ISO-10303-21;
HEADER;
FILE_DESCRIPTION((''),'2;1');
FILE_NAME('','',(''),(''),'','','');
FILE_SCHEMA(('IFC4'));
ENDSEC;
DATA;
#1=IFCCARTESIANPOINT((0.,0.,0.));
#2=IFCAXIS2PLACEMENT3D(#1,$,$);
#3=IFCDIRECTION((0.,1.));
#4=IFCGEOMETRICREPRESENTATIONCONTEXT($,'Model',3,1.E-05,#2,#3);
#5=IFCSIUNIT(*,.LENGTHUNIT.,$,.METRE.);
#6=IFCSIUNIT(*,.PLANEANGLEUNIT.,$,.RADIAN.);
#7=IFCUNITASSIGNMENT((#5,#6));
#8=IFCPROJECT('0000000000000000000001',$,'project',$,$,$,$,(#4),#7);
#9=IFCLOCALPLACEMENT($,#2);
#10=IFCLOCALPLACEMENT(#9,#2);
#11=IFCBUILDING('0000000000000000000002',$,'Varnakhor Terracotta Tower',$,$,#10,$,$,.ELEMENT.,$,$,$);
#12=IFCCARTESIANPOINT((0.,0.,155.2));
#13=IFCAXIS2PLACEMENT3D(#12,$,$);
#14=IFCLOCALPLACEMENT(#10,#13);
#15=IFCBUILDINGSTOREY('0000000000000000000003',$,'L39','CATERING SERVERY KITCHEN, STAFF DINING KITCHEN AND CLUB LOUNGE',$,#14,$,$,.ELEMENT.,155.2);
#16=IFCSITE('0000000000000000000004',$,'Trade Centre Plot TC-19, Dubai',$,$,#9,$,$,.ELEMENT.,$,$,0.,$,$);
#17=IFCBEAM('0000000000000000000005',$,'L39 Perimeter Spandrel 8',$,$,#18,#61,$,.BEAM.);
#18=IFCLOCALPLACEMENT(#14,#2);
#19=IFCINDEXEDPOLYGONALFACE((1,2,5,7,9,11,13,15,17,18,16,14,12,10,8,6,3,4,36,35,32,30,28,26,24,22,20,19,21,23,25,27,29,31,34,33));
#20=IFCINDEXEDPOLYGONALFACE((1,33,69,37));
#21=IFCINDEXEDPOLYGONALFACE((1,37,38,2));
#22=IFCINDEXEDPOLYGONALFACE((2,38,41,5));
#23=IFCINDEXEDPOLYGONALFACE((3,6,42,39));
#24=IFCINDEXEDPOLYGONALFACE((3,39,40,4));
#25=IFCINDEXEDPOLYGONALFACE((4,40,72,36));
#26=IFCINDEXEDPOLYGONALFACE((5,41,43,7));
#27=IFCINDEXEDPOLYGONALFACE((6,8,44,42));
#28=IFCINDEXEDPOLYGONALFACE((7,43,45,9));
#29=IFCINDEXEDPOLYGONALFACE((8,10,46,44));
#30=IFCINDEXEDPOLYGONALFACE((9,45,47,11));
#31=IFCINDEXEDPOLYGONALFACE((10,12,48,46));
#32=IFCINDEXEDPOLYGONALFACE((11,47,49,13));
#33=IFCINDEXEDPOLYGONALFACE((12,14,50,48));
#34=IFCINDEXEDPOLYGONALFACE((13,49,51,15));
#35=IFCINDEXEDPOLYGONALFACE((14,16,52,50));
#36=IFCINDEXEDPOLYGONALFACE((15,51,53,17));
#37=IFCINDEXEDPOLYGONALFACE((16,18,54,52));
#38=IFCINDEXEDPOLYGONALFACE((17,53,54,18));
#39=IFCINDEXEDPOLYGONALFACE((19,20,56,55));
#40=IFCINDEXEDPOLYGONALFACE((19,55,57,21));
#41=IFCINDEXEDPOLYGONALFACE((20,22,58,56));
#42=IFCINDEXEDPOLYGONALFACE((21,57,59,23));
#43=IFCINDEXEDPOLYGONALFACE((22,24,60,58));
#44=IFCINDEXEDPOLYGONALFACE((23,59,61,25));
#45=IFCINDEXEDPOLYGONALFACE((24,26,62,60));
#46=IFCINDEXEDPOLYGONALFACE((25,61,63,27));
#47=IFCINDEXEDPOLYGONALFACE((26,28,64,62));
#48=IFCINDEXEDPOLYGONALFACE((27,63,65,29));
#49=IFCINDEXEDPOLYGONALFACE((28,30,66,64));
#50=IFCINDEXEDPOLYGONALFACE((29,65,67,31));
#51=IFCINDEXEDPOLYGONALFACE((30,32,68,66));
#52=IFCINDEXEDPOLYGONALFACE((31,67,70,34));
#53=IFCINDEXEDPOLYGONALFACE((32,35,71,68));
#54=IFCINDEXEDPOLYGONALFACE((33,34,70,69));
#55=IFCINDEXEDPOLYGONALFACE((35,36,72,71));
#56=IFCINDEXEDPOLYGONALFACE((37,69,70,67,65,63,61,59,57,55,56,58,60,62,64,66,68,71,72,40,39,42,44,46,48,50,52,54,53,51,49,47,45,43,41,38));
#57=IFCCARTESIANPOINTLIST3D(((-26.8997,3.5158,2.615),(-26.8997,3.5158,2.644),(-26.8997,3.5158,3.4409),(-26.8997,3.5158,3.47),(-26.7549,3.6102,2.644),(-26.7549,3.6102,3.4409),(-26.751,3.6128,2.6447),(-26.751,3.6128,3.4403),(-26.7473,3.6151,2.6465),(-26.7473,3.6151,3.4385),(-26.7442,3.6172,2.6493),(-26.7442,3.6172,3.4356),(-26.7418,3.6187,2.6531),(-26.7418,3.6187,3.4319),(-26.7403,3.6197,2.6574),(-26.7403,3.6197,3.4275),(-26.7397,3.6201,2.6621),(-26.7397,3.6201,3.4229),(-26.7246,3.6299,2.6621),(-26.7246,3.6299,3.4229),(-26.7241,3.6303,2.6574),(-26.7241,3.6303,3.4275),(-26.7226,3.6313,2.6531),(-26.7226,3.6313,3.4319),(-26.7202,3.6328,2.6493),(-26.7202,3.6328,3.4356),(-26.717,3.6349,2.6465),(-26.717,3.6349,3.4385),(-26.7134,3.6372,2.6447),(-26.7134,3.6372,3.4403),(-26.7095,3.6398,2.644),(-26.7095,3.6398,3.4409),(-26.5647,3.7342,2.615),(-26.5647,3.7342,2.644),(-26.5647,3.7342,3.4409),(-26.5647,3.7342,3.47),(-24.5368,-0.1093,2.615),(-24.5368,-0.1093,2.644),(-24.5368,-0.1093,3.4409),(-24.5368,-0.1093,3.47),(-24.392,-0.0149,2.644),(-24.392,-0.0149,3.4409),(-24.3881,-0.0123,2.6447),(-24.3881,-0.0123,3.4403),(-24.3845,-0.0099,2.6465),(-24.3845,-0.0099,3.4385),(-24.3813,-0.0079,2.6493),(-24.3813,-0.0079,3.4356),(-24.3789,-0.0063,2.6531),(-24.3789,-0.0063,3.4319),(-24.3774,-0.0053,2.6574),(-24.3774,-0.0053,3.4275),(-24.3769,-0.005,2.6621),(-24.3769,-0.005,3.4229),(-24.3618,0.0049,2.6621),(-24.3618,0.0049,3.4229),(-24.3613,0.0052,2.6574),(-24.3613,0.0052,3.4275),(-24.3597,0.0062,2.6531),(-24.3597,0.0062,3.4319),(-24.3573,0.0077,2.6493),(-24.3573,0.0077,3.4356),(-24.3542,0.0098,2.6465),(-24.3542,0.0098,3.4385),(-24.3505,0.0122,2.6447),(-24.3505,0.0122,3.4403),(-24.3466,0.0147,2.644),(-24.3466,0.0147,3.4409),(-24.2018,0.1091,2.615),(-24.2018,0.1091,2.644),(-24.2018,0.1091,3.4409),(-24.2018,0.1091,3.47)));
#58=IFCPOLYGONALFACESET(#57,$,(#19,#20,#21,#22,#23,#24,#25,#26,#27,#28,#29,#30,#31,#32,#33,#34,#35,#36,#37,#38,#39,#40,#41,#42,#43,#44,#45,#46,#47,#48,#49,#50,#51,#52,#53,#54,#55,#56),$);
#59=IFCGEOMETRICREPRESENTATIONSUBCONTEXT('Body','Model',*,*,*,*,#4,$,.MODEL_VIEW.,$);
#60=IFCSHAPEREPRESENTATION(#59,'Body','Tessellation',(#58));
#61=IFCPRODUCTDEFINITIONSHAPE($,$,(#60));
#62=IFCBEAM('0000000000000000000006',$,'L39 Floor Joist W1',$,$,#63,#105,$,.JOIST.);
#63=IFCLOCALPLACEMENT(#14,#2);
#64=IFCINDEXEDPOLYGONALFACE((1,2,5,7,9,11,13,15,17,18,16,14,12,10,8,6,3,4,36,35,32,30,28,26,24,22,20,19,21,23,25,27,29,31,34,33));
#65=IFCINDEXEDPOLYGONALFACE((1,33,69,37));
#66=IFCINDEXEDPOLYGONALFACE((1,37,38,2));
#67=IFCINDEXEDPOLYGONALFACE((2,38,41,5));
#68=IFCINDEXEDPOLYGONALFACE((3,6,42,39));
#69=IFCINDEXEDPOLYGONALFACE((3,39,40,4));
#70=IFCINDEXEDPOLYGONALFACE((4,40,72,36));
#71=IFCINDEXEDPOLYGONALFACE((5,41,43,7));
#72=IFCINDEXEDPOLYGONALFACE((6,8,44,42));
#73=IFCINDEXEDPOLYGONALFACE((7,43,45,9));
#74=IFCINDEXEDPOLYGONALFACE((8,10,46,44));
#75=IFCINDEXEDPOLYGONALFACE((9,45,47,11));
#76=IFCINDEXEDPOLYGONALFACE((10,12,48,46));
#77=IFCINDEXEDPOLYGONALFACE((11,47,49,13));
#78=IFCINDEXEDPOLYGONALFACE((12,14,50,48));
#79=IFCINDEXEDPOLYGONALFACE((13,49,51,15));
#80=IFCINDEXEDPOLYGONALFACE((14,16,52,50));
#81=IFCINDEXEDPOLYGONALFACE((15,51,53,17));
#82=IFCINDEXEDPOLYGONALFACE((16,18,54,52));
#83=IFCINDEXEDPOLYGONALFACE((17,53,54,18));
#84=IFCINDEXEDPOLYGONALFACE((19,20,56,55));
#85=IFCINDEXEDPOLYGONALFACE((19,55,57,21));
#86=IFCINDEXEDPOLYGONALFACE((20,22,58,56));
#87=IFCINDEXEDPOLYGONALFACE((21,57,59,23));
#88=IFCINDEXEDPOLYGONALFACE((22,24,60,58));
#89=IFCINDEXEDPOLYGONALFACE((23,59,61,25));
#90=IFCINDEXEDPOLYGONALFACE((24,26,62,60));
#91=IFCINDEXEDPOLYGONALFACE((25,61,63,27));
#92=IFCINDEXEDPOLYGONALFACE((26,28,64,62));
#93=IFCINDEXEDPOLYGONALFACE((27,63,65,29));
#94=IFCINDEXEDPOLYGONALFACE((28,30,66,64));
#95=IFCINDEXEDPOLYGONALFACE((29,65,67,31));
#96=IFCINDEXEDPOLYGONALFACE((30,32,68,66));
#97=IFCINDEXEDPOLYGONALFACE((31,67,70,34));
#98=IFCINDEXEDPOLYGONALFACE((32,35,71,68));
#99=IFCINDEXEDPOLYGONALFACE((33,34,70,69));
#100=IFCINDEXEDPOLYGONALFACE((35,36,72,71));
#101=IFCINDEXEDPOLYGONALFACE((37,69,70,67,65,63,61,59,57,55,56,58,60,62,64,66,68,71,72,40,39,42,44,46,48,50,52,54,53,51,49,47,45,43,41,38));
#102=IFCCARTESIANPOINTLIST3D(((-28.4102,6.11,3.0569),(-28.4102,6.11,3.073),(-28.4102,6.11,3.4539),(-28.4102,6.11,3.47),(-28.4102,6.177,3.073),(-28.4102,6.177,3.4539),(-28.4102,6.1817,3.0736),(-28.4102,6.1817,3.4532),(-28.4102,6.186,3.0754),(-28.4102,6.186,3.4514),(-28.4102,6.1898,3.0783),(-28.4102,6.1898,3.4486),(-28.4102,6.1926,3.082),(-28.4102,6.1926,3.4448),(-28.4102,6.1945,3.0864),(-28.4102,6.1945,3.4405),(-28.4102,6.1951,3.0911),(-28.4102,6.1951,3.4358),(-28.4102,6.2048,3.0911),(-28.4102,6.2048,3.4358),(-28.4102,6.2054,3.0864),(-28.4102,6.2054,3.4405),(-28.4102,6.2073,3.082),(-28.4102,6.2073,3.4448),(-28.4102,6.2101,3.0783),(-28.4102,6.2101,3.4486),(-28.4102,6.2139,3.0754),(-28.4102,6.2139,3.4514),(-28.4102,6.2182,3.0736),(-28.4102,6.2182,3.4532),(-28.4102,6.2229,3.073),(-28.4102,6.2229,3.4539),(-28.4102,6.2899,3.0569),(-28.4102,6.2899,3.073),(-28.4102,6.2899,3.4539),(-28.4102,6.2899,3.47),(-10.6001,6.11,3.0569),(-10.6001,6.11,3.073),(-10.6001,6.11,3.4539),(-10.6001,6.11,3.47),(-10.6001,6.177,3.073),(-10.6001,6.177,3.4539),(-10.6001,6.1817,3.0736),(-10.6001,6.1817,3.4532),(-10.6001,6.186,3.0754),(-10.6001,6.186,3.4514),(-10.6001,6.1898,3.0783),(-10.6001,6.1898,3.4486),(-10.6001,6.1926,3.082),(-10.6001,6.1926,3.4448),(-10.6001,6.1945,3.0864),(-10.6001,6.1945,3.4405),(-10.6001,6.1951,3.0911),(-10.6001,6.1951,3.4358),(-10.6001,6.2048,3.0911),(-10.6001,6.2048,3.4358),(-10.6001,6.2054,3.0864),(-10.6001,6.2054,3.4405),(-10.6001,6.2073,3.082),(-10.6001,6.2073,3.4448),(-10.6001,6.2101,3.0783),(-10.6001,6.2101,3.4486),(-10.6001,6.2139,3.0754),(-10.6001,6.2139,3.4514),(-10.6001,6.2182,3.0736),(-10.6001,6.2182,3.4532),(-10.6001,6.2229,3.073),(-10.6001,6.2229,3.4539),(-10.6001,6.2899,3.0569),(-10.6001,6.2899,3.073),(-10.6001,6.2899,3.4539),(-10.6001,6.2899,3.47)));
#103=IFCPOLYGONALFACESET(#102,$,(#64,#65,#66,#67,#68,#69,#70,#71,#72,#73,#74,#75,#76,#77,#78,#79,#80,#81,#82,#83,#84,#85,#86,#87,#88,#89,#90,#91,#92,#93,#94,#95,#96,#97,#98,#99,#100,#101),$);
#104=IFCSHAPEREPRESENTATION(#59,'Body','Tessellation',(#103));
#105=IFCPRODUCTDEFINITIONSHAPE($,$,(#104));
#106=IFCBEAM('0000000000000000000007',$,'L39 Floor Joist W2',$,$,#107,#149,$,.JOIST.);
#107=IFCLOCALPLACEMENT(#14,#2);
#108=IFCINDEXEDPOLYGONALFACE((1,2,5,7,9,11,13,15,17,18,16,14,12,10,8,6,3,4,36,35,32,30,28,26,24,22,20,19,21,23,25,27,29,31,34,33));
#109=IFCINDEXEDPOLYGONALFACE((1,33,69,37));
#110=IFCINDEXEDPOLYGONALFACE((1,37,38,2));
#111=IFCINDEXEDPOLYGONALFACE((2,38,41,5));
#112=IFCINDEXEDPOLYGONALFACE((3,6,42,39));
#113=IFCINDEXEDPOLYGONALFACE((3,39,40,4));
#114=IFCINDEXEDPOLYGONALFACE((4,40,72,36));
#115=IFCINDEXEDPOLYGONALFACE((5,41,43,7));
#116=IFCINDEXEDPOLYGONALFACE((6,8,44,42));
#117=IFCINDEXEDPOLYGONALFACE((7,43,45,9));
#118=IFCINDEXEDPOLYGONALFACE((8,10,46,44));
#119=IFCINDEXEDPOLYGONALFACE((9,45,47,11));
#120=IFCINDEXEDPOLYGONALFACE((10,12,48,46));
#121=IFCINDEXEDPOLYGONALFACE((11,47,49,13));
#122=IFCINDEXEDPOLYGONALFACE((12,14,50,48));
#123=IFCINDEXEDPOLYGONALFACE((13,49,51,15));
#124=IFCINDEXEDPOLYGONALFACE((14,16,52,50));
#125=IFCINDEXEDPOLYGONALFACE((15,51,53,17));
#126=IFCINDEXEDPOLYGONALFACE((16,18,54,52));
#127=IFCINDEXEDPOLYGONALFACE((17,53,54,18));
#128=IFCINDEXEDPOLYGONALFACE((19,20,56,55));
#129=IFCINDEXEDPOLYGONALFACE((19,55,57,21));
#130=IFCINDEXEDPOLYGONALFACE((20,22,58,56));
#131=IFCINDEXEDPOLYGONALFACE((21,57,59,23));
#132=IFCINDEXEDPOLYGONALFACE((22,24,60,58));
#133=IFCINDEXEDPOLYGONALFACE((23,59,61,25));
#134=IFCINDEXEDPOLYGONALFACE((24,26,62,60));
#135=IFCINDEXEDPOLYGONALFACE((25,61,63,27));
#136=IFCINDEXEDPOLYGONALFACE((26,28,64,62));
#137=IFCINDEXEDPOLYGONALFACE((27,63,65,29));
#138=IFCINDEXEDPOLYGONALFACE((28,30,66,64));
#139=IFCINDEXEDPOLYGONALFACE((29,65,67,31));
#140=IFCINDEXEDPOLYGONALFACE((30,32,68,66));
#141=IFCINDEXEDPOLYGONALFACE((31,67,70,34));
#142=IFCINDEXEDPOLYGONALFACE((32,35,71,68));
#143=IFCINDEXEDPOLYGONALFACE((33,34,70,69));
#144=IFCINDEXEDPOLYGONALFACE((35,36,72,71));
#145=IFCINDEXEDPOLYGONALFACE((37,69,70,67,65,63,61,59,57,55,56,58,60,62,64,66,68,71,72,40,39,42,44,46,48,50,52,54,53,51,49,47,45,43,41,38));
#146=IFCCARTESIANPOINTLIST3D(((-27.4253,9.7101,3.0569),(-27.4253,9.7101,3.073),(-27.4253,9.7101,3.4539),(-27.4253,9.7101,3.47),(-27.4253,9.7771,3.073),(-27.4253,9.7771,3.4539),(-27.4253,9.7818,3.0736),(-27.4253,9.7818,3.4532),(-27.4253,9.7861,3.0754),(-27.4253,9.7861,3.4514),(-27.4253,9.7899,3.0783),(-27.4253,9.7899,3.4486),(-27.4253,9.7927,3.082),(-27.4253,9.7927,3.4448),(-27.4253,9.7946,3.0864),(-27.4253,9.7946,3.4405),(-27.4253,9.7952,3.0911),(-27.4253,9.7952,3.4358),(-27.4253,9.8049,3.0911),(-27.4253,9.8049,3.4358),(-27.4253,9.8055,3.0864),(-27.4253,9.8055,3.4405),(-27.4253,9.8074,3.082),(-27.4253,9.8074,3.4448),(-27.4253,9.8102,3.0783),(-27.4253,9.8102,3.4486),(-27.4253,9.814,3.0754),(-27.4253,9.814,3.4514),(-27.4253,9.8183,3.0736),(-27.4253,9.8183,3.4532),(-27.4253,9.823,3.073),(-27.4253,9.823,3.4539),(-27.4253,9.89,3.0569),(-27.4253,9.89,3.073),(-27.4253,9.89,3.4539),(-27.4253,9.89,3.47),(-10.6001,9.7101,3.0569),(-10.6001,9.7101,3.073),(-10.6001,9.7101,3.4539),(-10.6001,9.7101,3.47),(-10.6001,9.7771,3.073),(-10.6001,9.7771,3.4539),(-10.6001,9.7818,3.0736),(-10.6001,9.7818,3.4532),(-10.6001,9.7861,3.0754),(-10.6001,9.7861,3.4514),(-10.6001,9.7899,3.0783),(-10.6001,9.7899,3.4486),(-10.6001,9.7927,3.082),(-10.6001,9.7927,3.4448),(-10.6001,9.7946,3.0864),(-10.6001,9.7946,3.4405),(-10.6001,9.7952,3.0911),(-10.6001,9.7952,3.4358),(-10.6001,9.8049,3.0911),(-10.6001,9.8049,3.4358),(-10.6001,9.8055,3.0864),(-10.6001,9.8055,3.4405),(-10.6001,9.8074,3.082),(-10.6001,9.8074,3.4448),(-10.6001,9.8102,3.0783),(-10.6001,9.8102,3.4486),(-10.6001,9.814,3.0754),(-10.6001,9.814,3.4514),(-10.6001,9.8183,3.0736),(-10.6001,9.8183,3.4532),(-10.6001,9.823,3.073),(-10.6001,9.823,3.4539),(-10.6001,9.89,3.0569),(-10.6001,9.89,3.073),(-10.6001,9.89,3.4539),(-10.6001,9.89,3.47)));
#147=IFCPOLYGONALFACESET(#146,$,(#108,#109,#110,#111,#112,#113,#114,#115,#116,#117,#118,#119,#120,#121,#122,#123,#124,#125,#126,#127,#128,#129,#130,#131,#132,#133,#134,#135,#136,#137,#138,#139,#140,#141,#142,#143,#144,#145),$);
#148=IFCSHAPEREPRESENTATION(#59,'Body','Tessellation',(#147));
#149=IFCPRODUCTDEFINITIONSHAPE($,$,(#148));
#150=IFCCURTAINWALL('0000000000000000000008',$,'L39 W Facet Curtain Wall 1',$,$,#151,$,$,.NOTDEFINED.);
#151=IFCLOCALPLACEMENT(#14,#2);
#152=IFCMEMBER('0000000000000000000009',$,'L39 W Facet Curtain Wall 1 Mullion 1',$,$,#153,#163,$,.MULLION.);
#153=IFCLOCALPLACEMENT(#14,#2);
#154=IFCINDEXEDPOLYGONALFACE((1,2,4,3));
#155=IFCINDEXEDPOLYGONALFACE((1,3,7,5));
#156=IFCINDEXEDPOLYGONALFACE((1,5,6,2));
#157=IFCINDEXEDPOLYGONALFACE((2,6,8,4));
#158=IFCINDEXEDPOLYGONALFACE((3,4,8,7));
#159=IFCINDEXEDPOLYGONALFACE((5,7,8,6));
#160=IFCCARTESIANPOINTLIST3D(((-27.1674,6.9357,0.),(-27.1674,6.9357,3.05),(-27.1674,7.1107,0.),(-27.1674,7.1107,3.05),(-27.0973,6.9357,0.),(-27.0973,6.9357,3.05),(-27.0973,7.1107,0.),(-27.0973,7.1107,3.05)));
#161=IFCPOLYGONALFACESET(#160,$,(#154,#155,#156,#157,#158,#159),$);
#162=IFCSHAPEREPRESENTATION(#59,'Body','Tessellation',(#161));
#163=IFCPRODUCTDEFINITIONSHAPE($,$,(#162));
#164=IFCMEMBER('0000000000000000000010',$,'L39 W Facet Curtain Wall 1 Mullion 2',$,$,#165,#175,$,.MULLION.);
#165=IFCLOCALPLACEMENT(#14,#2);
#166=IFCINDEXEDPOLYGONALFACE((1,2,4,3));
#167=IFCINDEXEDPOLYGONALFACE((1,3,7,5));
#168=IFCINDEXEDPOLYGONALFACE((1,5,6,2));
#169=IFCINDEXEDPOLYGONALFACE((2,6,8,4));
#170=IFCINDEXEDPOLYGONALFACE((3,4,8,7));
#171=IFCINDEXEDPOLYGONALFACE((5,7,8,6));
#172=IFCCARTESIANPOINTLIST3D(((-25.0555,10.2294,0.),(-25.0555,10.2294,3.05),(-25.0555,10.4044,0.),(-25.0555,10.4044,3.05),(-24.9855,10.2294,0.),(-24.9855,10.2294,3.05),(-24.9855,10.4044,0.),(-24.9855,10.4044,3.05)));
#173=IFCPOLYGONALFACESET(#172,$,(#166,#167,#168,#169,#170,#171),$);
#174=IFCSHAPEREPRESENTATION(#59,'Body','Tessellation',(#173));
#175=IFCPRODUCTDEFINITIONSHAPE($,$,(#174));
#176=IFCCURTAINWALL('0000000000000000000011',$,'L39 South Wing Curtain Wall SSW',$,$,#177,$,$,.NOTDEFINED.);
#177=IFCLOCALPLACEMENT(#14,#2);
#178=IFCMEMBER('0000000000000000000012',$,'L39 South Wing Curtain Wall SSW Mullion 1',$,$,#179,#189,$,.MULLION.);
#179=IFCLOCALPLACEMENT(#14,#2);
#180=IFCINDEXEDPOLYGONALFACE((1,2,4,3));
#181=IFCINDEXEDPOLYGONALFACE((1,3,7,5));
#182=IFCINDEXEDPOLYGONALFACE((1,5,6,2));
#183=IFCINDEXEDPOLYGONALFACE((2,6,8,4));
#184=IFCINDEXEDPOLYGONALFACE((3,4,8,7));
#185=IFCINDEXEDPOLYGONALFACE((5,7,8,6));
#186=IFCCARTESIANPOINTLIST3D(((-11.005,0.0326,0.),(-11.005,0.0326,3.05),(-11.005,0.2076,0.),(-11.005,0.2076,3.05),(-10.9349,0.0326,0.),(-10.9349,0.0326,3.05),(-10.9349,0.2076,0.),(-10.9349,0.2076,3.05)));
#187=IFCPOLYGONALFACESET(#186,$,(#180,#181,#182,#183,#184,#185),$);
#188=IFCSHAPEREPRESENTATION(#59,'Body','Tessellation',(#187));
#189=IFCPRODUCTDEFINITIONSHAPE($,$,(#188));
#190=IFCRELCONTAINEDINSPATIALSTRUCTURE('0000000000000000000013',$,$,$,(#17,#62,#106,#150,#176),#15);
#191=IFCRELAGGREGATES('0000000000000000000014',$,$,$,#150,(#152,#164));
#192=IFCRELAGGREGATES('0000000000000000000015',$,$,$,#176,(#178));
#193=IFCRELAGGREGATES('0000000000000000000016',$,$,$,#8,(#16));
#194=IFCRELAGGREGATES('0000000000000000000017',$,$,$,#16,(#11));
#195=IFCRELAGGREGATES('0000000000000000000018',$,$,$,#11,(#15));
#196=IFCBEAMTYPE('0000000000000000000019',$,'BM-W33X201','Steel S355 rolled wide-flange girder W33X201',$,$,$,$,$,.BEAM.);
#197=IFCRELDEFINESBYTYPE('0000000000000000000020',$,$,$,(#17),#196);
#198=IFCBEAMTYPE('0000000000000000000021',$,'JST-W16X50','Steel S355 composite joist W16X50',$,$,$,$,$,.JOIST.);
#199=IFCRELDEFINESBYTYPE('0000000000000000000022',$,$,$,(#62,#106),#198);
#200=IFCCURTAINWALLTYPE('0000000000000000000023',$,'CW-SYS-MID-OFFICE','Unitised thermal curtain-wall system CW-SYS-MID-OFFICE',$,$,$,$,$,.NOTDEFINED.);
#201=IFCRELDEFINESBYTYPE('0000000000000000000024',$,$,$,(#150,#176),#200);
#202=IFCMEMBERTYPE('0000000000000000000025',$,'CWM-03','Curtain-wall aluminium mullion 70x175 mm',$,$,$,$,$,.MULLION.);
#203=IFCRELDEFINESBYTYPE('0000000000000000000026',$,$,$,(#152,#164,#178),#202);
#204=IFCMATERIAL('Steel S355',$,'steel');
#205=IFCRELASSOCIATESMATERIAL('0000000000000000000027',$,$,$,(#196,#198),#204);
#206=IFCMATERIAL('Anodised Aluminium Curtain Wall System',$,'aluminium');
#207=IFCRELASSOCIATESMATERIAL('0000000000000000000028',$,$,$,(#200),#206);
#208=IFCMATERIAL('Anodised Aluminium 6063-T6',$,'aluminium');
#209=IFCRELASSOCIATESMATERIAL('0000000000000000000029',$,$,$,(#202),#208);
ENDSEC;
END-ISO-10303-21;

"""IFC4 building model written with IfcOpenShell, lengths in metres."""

from ifc_helpers import new_model, si_unit, direction, frame, origin, origin_2d, place, context, subcontext, project, spatial, rectangle, i_section, extrude, source, transform, mapped, material, material_profile, profile_set, type_object, element, aggregate, save


model = new_model("IFC4")

# Units and contexts
model_context = context("Model", 3, precision=1e-05, world=origin(), true_north=direction((0.0, 1.0)))
body_context = subcontext(model_context, "Body", "Model", "MODEL_VIEW")
ifc_project = project(units=[si_unit("LENGTHUNIT", "METRE"), si_unit("PLANEANGLEUNIT", "RADIAN")], contexts=[model_context])

# Site, building, storey
site_placement = place(None, origin())
site = spatial("IfcSite", under=ifc_project, at=site_placement, Name="Trade Centre Plot TC-19, Dubai", CompositionType="ELEMENT", RefElevation=0.0)
building_placement = place(site_placement, origin())
building = spatial("IfcBuilding", under=site, at=building_placement, Name="Varnakhor Terracotta Tower", CompositionType="ELEMENT")
storey_placement = place(building_placement, frame((0.0, 0.0, 155.2)))
storey = spatial("IfcBuildingStorey", under=building, at=storey_placement, Name="L39", Description="CATERING SERVERY KITCHEN, STAFF DINING KITCHEN AND CLUB LOUNGE", CompositionType="ELEMENT", Elevation=155.2)

# Beams
ifc_material_1 = material(Name="Steel S355", Category="steel")
ifc_material_profile_1 = material_profile(ifc_material_1, i_section(OverallWidth=0.3999, OverallDepth=0.855, WebThickness=0.0181, FlangeThickness=0.0291, FilletRadius=0.0181, at=origin_2d()), Name="W33X201")
ifc_profile_set_1 = profile_set([ifc_material_profile_1], Name="Steel S355")
beam_type_1 = type_object("IfcBeamType", Name="BM-W33X201", Description="Steel S355 rolled wide-flange girder W33X201", PredefinedType="BEAM", material=ifc_profile_set_1)
shared_shape_1 = source(origin(), body_context, "Body", "SweptSolid", [
    extrude(i_section(OverallWidth=0.3999, OverallDepth=0.855, WebThickness=0.0181, FlangeThickness=0.0291, FilletRadius=0.0181, at=origin_2d()), origin(), (0.0, 0.0, 1.0), 4.3271),
])
beam_1_placement = place(storey_placement, frame((-26.7322, 3.625, 3.0425), z_axis=(0.546051, -0.837752, 0.0), x_axis=(0.837752, 0.546051, 0.0)))
element("IfcBeam", 1, at=beam_1_placement, inside=storey, type_object=beam_type_1, Name="L39 Perimeter Spandrel 8", PredefinedType="BEAM", context=body_context, shape_type="MappedRepresentation", body=[
    mapped(shared_shape_1, transform((0.0, 0.0, 0.0), scale=1.0)),
])
ifc_material_profile_2 = material_profile(ifc_material_1, i_section(OverallWidth=0.1799, OverallDepth=0.4131, WebThickness=0.0098, FlangeThickness=0.0161, FilletRadius=0.0181, at=origin_2d()), Name="W16X50")
ifc_profile_set_2 = profile_set([ifc_material_profile_2], Name="Steel S355")
beam_type_2 = type_object("IfcBeamType", Name="JST-W16X50", Description="Steel S355 composite joist W16X50", PredefinedType="JOIST", material=ifc_profile_set_2)
shared_shape_2 = source(origin(), body_context, "Body", "SweptSolid", [
    extrude(i_section(OverallWidth=0.1799, OverallDepth=0.4131, WebThickness=0.0098, FlangeThickness=0.0161, FilletRadius=0.0181, at=origin_2d()), origin(), (0.0, 0.0, 1.0), 17.8101),
])
beam_2_placement = place(storey_placement, frame((-28.4102, 6.2, 3.2634), z_axis=(1.0, 0.0, 0.0), x_axis=(0.0, 1.0, 0.0)))
element("IfcBeam", 2, at=beam_2_placement, inside=storey, type_object=beam_type_2, Name="L39 Floor Joist W1", PredefinedType="JOIST", context=body_context, shape_type="MappedRepresentation", body=[
    mapped(shared_shape_2, transform((0.0, 0.0, 0.0), scale=1.0)),
])
shared_shape_3 = source(origin(), body_context, "Body", "SweptSolid", [
    extrude(i_section(OverallWidth=0.1799, OverallDepth=0.4131, WebThickness=0.0098, FlangeThickness=0.0161, FilletRadius=0.0181, at=origin_2d()), origin(), (0.0, 0.0, 1.0), 16.8252),
])
beam_3_placement = place(storey_placement, frame((-27.4253, 9.8, 3.2634), z_axis=(1.0, 0.0, 0.0), x_axis=(0.0, 1.0, 0.0)))
element("IfcBeam", 3, at=beam_3_placement, inside=storey, type_object=beam_type_2, Name="L39 Floor Joist W2", PredefinedType="JOIST", context=body_context, shape_type="MappedRepresentation", body=[
    mapped(shared_shape_3, transform((0.0, 0.0, 0.0), scale=1.0)),
])

# Curtain walls, members
ifc_material_2 = material(Name="Anodised Aluminium Curtain Wall System", Category="aluminium")
curtain_wall_type = type_object("IfcCurtainWallType", Name="CW-SYS-MID-OFFICE", Description="Unitised thermal curtain-wall system CW-SYS-MID-OFFICE", PredefinedType="NOTDEFINED", material=ifc_material_2)
curtain_wall_1_placement = place(storey_placement, origin())
curtain_wall_1 = element("IfcCurtainWall", 4, at=curtain_wall_1_placement, inside=storey, type_object=curtain_wall_type, Name="L39 W Facet Curtain Wall 1", PredefinedType="NOTDEFINED")
ifc_material_3 = material(Name="Anodised Aluminium 6063-T6", Category="aluminium")
ifc_material_profile_3 = material_profile(ifc_material_3, rectangle(XDim=0.0701, YDim=0.175, at=origin_2d()), Name="ALU MULLION 70x175")
ifc_profile_set_3 = profile_set([ifc_material_profile_3], Name="Anodised Aluminium 6063-T6")
member_type_1 = type_object("IfcMemberType", Name="CWM-03", Description="Curtain-wall aluminium mullion 70x175 mm", PredefinedType="MULLION", material=ifc_profile_set_3)
shared_shape_4 = source(origin(), body_context, "Body", "SweptSolid", [
    extrude(rectangle(XDim=0.0701, YDim=0.175, at=origin_2d()), origin(), (0.0, 0.0, 1.0), 3.05),
])
member_1_placement = place(storey_placement, frame((-27.1323, 7.0232, 0.0), z_axis=(0.0, 0.0, 1.0), x_axis=(1.0, 0.0, 0.0)))
member_1 = element("IfcMember", 5, at=member_1_placement, type_object=member_type_1, Name="L39 W Facet Curtain Wall 1 Mullion 1", PredefinedType="MULLION", context=body_context, shape_type="MappedRepresentation", body=[
    mapped(shared_shape_4, transform((0.0, 0.0, 0.0), scale=1.0)),
])
member_2_placement = place(storey_placement, frame((-25.0205, 10.3169, 0.0), z_axis=(0.0, 0.0, 1.0), x_axis=(1.0, 0.0, 0.0)))
member_2 = element("IfcMember", 6, at=member_2_placement, type_object=member_type_1, Name="L39 W Facet Curtain Wall 1 Mullion 2", PredefinedType="MULLION", context=body_context, shape_type="MappedRepresentation", body=[
    mapped(shared_shape_4, transform((0.0, 0.0, 0.0), scale=1.0)),
])
curtain_wall_2_placement = place(storey_placement, origin())
curtain_wall_2 = element("IfcCurtainWall", 7, at=curtain_wall_2_placement, inside=storey, type_object=curtain_wall_type, Name="L39 South Wing Curtain Wall SSW", PredefinedType="NOTDEFINED")
member_3_placement = place(storey_placement, frame((-10.97, 0.1201, 0.0), z_axis=(0.0, 0.0, 1.0), x_axis=(1.0, 0.0, 0.0)))
member_3 = element("IfcMember", 8, at=member_3_placement, type_object=member_type_1, Name="L39 South Wing Curtain Wall SSW Mullion 1", PredefinedType="MULLION", context=body_context, shape_type="MappedRepresentation", body=[
    mapped(shared_shape_4, transform((0.0, 0.0, 0.0), scale=1.0)),
])

aggregate(curtain_wall_1, [member_1, member_2])
aggregate(curtain_wall_2, [member_3])

save(model, "model.ifc")
